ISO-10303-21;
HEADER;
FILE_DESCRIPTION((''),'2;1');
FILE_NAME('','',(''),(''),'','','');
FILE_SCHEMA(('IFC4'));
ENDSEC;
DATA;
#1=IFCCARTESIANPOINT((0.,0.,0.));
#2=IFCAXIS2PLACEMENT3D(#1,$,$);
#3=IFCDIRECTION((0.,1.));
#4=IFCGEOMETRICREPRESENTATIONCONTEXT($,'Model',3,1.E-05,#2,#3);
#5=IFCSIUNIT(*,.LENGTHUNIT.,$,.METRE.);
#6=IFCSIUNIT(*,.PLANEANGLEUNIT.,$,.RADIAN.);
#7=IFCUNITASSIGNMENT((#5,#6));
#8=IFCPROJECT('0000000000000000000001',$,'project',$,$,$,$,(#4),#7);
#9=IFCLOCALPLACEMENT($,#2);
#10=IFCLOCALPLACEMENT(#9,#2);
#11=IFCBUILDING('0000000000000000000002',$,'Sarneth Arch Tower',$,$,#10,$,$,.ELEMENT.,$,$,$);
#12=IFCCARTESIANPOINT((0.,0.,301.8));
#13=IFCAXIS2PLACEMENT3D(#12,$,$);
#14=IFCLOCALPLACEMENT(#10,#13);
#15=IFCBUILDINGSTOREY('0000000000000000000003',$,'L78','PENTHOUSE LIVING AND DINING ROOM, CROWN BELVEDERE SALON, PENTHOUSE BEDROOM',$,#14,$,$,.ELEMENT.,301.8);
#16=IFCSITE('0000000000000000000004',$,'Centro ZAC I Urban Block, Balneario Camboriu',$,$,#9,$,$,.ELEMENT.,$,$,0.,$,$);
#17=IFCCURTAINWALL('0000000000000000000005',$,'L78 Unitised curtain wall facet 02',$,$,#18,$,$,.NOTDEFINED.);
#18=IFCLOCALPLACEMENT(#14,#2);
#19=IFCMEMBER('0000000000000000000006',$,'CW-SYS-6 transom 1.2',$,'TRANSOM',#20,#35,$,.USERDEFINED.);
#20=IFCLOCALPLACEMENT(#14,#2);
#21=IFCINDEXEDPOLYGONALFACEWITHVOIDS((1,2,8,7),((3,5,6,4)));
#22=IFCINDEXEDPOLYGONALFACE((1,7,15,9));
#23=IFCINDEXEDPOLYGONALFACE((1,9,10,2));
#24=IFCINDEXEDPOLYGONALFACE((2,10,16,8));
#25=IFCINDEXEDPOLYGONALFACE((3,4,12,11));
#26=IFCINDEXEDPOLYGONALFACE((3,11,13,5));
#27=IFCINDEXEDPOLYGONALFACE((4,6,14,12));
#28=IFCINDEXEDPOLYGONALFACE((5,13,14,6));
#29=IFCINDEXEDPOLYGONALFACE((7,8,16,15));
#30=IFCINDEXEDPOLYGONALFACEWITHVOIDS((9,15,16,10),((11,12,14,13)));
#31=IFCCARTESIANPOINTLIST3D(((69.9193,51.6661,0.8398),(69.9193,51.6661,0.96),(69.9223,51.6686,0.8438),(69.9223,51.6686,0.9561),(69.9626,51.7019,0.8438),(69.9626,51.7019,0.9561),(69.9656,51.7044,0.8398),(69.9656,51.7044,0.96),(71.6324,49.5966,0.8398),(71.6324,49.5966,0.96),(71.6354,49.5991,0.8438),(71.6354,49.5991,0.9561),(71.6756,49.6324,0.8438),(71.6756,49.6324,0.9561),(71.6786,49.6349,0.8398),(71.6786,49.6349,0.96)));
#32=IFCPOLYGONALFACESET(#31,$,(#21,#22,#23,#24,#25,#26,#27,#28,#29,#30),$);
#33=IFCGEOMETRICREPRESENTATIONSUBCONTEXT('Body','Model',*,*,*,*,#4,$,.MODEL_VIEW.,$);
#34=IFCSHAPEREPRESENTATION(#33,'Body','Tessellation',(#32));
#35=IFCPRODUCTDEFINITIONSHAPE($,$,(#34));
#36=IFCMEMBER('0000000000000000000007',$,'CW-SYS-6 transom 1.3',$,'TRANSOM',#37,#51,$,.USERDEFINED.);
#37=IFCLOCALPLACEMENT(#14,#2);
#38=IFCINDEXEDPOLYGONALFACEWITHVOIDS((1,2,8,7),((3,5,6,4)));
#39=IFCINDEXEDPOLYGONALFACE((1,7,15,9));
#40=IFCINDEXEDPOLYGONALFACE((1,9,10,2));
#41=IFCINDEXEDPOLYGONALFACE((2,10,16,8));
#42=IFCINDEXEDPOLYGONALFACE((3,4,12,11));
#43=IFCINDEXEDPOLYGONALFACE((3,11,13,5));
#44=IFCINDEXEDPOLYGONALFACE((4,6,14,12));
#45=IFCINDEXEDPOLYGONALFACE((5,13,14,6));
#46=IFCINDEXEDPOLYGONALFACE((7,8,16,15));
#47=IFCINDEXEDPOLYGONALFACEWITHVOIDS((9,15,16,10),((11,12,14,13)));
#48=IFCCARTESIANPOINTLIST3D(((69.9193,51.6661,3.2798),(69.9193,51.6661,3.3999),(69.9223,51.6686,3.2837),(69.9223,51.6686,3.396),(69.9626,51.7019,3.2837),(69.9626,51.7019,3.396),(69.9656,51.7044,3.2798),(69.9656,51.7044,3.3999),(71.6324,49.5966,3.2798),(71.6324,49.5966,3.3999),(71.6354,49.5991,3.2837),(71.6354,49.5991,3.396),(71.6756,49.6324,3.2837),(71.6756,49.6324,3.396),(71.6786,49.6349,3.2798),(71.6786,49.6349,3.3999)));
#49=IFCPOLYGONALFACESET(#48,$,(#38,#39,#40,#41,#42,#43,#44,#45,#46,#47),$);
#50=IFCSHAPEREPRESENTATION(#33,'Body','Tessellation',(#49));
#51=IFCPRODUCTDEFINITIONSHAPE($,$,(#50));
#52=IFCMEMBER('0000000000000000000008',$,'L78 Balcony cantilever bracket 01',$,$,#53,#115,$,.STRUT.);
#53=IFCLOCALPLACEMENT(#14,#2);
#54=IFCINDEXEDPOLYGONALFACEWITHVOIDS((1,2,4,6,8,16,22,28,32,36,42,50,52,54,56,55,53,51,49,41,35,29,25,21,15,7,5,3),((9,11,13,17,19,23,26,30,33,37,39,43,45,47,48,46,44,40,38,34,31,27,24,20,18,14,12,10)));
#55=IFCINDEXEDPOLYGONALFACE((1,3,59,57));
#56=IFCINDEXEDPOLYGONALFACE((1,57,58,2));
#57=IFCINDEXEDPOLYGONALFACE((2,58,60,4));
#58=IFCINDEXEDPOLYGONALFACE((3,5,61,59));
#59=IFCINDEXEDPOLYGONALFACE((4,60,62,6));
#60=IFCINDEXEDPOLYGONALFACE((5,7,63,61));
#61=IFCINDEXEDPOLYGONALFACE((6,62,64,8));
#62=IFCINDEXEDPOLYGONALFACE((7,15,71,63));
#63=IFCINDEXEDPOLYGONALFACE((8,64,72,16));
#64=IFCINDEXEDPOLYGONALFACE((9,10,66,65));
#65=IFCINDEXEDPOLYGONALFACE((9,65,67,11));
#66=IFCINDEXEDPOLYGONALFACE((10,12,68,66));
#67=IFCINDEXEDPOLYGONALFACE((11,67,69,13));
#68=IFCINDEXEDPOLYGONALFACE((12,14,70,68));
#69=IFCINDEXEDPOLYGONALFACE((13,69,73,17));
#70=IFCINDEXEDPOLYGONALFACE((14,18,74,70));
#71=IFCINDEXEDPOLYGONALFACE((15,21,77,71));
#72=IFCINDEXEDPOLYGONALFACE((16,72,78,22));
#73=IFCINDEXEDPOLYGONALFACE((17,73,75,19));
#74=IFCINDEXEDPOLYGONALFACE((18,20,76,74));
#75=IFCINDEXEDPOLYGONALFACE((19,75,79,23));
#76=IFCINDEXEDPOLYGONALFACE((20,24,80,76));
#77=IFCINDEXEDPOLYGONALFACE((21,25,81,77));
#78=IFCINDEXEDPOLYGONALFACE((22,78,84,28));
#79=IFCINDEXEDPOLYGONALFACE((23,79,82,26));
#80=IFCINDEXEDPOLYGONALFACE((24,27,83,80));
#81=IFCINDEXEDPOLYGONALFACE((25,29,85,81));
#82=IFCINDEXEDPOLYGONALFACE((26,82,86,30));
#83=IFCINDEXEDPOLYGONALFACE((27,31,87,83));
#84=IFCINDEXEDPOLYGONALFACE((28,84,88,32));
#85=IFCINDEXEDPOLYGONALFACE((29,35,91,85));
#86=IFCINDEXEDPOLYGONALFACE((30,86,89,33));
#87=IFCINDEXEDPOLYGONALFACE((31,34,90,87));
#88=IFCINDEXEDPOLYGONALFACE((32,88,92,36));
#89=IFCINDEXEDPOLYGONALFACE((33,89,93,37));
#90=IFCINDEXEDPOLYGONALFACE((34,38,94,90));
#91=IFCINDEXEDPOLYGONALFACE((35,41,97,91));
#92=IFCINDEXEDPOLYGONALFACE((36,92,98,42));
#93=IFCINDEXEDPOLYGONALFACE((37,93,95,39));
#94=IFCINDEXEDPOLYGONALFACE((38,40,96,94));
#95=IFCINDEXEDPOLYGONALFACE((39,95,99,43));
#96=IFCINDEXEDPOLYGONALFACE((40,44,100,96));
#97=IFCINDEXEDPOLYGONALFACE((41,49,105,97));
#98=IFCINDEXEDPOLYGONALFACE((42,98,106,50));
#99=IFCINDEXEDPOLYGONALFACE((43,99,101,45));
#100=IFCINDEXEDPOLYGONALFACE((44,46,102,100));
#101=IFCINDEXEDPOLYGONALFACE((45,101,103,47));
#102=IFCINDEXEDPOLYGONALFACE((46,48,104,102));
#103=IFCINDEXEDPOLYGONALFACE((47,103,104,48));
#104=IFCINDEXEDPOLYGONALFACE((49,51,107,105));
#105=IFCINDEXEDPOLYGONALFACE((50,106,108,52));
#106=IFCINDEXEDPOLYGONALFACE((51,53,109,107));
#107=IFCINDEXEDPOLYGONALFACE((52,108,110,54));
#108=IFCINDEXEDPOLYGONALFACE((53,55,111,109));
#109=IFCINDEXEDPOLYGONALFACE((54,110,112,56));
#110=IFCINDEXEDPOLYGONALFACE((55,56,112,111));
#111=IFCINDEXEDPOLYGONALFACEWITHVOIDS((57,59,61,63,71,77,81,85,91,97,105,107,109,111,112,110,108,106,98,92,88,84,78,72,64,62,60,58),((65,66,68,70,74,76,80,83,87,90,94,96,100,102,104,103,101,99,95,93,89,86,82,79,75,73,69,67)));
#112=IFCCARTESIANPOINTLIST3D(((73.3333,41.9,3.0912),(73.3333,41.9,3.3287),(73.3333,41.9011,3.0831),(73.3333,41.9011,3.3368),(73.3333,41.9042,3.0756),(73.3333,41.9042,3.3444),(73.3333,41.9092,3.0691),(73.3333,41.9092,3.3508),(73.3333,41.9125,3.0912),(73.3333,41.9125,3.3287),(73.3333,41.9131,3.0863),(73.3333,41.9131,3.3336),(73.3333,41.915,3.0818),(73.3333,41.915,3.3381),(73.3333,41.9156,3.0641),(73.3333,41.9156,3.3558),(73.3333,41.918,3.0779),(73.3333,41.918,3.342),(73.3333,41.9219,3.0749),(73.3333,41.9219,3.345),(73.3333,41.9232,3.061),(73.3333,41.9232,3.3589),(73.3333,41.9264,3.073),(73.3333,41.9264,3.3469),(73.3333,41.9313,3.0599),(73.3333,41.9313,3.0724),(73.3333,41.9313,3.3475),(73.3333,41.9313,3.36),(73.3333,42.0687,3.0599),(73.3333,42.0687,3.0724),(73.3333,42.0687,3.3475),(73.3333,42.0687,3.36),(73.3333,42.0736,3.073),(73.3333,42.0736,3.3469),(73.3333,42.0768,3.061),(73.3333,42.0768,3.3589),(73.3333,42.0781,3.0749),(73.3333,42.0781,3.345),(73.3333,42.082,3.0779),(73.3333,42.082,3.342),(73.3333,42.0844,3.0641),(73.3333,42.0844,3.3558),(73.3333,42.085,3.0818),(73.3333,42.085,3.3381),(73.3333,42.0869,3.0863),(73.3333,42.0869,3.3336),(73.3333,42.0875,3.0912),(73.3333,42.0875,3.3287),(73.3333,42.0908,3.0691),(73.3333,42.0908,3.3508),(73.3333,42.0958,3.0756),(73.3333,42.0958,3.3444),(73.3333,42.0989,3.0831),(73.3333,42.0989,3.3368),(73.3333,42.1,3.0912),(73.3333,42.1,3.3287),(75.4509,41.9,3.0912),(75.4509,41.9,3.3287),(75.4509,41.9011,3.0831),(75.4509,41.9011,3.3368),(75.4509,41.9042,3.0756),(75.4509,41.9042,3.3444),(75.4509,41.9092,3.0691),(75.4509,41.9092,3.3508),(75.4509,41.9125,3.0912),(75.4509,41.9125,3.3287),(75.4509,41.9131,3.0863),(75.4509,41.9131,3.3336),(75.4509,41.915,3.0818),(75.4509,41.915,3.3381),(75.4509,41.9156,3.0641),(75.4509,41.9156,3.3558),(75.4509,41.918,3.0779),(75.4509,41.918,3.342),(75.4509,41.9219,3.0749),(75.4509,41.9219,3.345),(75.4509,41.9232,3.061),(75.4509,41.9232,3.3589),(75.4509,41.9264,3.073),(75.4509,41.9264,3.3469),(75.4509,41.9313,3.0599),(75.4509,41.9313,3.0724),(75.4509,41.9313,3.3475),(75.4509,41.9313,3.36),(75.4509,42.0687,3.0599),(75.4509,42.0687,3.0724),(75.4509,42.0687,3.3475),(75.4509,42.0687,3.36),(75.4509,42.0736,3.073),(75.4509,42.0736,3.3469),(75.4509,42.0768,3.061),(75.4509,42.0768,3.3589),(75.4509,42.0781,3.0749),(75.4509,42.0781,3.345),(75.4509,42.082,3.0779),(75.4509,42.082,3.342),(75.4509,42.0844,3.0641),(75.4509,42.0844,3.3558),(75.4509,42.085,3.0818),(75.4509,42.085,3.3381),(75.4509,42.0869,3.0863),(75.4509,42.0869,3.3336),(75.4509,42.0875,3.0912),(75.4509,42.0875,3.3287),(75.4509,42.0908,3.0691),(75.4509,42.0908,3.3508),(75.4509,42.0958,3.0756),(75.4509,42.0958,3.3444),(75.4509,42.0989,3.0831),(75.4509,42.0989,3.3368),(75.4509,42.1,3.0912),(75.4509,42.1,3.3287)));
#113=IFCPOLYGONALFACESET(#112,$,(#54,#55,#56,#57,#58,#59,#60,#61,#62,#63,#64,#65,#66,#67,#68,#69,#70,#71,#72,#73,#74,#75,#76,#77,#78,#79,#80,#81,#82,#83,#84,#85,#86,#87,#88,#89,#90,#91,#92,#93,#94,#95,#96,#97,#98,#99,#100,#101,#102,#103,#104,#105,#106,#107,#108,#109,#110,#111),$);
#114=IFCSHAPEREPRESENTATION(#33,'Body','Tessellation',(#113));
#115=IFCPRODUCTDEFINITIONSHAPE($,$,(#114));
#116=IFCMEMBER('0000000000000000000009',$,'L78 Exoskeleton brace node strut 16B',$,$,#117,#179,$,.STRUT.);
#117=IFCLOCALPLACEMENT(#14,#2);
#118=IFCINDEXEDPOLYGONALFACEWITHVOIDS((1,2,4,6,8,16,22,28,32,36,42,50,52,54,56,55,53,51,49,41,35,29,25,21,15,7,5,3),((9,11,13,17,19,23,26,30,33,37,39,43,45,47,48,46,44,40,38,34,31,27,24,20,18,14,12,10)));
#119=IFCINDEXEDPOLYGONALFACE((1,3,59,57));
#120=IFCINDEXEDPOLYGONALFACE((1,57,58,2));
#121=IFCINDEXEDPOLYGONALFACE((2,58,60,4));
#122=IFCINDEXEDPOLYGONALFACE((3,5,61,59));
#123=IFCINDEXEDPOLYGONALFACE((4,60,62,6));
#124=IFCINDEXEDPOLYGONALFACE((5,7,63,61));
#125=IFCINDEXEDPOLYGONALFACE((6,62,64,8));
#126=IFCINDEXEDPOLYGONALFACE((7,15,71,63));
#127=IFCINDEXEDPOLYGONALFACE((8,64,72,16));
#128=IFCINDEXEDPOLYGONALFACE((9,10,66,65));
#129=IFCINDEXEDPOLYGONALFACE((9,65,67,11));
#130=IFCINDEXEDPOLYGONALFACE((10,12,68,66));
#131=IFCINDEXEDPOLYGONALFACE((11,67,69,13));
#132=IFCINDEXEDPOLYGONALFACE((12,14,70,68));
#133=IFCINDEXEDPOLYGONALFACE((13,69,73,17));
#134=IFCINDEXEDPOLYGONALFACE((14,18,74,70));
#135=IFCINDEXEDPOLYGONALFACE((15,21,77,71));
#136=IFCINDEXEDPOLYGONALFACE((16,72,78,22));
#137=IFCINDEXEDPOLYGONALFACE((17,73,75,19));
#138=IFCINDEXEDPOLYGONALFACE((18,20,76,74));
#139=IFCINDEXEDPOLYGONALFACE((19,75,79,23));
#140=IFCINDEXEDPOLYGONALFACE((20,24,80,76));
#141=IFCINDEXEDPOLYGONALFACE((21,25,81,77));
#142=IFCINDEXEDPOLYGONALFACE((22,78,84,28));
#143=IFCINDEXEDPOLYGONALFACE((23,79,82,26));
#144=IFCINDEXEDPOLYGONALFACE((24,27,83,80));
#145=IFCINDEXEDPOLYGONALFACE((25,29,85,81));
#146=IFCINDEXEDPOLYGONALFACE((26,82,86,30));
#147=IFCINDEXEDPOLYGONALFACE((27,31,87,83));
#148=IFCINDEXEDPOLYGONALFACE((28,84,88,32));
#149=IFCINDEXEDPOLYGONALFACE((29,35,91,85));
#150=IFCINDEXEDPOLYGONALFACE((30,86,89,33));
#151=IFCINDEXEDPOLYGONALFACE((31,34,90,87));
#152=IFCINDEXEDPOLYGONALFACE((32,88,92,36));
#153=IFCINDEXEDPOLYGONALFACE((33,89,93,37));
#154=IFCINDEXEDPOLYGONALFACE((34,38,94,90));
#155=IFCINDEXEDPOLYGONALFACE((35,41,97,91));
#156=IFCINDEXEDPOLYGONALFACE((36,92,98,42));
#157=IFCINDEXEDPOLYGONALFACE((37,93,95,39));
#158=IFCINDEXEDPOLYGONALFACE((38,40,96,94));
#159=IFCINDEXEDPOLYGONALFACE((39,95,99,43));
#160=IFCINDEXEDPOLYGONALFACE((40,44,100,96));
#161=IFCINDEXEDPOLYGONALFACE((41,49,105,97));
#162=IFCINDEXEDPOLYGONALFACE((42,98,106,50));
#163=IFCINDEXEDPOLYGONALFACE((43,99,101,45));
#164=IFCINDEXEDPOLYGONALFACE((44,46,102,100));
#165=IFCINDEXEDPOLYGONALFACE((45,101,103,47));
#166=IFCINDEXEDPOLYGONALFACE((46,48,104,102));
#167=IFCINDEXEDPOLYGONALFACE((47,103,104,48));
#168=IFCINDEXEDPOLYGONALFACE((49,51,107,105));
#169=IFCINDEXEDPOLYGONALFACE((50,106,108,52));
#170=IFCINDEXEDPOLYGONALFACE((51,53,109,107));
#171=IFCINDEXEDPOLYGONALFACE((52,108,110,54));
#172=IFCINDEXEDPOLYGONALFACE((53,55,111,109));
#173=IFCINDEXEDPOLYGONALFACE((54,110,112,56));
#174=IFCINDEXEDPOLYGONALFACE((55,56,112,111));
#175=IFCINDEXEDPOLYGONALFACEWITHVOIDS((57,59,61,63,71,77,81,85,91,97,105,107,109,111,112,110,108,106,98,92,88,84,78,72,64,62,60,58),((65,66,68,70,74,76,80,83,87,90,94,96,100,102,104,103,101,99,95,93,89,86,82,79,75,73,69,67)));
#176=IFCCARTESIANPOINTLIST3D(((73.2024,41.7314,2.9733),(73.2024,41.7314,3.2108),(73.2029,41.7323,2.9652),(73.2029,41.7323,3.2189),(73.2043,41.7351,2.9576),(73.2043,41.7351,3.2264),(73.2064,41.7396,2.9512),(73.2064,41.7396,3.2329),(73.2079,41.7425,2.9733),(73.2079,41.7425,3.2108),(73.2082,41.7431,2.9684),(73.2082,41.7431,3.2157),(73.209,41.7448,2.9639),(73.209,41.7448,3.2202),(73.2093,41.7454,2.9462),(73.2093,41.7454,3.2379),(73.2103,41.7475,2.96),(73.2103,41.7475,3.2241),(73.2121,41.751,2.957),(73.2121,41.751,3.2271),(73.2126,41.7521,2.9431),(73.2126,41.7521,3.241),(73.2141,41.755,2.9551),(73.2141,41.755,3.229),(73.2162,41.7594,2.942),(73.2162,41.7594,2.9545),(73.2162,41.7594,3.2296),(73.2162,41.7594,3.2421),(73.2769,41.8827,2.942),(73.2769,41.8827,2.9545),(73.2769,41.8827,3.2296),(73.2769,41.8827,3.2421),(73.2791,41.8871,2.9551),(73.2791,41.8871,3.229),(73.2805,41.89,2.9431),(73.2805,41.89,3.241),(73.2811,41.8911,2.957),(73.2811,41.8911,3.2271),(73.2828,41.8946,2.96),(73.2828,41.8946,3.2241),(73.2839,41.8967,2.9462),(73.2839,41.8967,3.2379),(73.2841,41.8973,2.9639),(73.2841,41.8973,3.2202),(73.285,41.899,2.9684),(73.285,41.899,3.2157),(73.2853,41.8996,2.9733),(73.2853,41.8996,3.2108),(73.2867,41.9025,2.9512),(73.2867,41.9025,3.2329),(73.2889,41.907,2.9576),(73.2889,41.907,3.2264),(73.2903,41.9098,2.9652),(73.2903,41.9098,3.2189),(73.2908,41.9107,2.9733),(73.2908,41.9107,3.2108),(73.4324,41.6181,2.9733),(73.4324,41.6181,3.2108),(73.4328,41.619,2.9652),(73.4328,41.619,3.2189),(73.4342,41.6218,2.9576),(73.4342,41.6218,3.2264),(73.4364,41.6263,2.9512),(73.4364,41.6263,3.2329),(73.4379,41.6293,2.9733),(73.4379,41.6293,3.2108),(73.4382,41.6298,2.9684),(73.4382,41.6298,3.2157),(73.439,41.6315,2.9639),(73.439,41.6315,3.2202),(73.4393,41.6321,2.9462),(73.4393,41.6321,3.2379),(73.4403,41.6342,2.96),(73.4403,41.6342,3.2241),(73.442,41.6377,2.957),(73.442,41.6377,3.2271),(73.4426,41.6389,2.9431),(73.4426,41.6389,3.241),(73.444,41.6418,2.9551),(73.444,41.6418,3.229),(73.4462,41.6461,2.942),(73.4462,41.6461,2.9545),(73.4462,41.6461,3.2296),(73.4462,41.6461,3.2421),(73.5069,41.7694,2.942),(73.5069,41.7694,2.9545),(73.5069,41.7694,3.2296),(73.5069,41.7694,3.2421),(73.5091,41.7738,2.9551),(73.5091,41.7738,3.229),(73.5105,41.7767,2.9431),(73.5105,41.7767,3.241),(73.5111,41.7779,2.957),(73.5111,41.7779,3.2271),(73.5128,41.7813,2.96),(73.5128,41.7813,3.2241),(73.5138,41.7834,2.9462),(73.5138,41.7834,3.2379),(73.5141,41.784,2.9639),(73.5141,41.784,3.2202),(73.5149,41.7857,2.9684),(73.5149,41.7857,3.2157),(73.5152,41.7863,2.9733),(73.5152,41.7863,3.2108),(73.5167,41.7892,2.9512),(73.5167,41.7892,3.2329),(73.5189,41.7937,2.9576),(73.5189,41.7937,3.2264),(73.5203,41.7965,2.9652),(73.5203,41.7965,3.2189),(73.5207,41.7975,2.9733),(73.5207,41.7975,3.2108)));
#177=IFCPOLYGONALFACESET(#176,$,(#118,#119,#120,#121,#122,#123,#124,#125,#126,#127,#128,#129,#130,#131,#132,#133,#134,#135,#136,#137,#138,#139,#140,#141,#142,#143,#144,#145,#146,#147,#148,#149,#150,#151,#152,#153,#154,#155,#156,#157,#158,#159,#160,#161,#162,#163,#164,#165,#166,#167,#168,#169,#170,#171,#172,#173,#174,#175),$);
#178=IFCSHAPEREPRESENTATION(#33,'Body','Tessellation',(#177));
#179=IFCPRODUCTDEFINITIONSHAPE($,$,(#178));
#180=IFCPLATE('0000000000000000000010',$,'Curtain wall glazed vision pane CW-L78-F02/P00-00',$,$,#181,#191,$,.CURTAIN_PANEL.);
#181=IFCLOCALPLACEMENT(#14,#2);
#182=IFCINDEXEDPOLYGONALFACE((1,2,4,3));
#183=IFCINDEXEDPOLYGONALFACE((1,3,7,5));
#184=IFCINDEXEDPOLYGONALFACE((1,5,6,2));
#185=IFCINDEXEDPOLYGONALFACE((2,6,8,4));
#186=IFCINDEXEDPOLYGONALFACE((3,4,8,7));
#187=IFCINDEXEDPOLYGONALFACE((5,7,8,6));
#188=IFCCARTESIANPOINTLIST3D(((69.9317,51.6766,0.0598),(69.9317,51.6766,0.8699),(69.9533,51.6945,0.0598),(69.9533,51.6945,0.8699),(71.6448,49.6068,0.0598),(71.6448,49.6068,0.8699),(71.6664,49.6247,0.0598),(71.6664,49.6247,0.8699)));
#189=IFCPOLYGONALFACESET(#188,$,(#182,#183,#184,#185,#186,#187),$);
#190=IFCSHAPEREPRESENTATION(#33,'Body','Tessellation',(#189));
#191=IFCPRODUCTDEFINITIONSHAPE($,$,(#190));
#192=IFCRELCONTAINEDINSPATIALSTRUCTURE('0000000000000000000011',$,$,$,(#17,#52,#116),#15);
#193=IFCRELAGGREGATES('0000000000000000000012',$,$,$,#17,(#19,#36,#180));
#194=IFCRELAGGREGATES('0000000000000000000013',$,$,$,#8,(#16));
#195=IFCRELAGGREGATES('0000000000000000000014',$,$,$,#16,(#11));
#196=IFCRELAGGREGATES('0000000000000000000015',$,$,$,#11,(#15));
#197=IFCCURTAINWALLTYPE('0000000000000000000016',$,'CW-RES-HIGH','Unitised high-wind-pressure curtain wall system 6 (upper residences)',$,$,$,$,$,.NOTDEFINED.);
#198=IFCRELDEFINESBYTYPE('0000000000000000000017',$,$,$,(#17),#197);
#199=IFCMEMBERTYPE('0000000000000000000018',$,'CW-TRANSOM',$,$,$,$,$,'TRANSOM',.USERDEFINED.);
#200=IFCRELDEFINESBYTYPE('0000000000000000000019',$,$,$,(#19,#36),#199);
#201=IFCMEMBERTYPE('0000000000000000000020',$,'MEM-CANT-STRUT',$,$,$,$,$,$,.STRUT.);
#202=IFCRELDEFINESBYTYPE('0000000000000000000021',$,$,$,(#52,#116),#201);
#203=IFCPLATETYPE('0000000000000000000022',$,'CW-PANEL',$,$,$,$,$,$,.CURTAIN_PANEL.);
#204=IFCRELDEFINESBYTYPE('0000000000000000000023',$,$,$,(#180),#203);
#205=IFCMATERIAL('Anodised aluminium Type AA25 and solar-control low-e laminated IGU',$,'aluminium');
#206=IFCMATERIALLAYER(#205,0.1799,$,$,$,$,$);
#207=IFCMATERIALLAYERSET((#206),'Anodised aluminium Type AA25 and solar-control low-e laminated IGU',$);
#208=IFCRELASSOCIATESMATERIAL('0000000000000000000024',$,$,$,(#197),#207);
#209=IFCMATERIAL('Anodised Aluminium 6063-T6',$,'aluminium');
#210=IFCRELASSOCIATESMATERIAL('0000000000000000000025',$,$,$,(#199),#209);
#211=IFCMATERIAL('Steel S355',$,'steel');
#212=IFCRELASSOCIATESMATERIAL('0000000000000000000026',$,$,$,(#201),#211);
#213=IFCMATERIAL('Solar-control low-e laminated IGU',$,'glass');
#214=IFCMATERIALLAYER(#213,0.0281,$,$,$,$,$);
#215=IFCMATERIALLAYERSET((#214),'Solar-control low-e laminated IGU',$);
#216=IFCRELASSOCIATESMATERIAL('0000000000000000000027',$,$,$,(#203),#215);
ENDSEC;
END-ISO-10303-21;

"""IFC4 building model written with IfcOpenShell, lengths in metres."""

from ifc_helpers import new_model, si_unit, direction, frame, origin, origin_2d, place, context, subcontext, project, spatial, rectangle, hollow_rectangle, extrude, material, layer, layer_set, material_profile, profile_set, type_object, element, aggregate, save


model = new_model("IFC4")

# Units and contexts
model_context = context("Model", 3, precision=1e-05, world=origin(), true_north=direction((0.0, 1.0)))
body_context = subcontext(model_context, "Body", "Model", "MODEL_VIEW")
ifc_project = project(units=[si_unit("LENGTHUNIT", "METRE"), si_unit("PLANEANGLEUNIT", "RADIAN")], contexts=[model_context])

# Site, building, storey
site_placement = place(None, origin())
site = spatial("IfcSite", under=ifc_project, at=site_placement, Name="Centro ZAC I Urban Block, Balneario Camboriu", CompositionType="ELEMENT", RefElevation=0.0)
building_placement = place(site_placement, origin())
building = spatial("IfcBuilding", under=site, at=building_placement, Name="Sarneth Arch Tower", CompositionType="ELEMENT")
storey_placement = place(building_placement, frame((0.0, 0.0, 301.8)))
storey = spatial("IfcBuildingStorey", under=building, at=storey_placement, Name="L78", Description="PENTHOUSE LIVING AND DINING ROOM, CROWN BELVEDERE SALON, PENTHOUSE BEDROOM", CompositionType="ELEMENT", Elevation=301.8)

# Curtain wall, members
ifc_material_1 = material(Name="Anodised aluminium Type AA25 and solar-control low-e laminated IGU", Category="aluminium")
ifc_layer_1 = layer(ifc_material_1, 0.1799)
ifc_layer_set_1 = layer_set([ifc_layer_1], Name="Anodised aluminium Type AA25 and solar-control low-e laminated IGU")
curtain_wall_type = type_object("IfcCurtainWallType", Name="CW-RES-HIGH", Description="Unitised high-wind-pressure curtain wall system 6 (upper residences)", PredefinedType="NOTDEFINED", material=ifc_layer_set_1)
curtain_wall_placement = place(storey_placement, origin())
curtain_wall = element("IfcCurtainWall", 1, at=curtain_wall_placement, inside=storey, type_object=curtain_wall_type, Name="L78 Unitised curtain wall facet 02", PredefinedType="NOTDEFINED")
ifc_material_2 = material(Name="Anodised Aluminium 6063-T6", Category="aluminium")
ifc_material_profile_1 = material_profile(ifc_material_2, hollow_rectangle(XDim=0.0601, YDim=0.1201, WallThickness=0.0039, at=origin_2d()), Name="AL-TRAN-120x60x4")
ifc_profile_set_1 = profile_set([ifc_material_profile_1], Name="Anodised Aluminium 6063-T6")
member_type_1 = type_object("IfcMemberType", Name="CW-TRANSOM", ElementType="TRANSOM", PredefinedType="USERDEFINED", material=ifc_profile_set_1)
member_1_placement = place(storey_placement, frame((71.6555, 49.6157, 0.8999), z_axis=(-0.637651, 0.770325, 0.0), x_axis=(-0.770325, -0.637651, 0.0)))
member_1 = element("IfcMember", 2, at=member_1_placement, type_object=member_type_1, Name="CW-SYS-6 transom 1.2", ObjectType="TRANSOM", PredefinedType="USERDEFINED", context=body_context, shape_type="SweptSolid", body=[
    extrude(hollow_rectangle(XDim=0.0601, YDim=0.1201, WallThickness=0.0039, at=origin_2d()), origin(), (0.0, 0.0, 1.0), 2.6865),
])
member_2_placement = place(storey_placement, frame((71.6555, 49.6157, 3.3398), z_axis=(-0.637651, 0.770325, 0.0), x_axis=(-0.770325, -0.637651, 0.0)))
member_2 = element("IfcMember", 3, at=member_2_placement, type_object=member_type_1, Name="CW-SYS-6 transom 1.3", ObjectType="TRANSOM", PredefinedType="USERDEFINED", context=body_context, shape_type="SweptSolid", body=[
    extrude(hollow_rectangle(XDim=0.0601, YDim=0.1201, WallThickness=0.0039, at=origin_2d()), origin(), (0.0, 0.0, 1.0), 2.6865),
])

# Members
ifc_material_3 = material(Name="Steel S355", Category="steel")
ifc_material_profile_2 = material_profile(ifc_material_3, hollow_rectangle(XDim=0.2, YDim=0.3, WallThickness=0.0125, InnerFilletRadius=0.0188, OuterFilletRadius=0.0312, at=origin_2d()), Name="RHS300x200x12.5")
ifc_profile_set_2 = profile_set([ifc_material_profile_2], Name="Steel S355")
member_type_2 = type_object("IfcMemberType", Name="MEM-CANT-STRUT", PredefinedType="STRUT", material=ifc_profile_set_2)
member_3_placement = place(storey_placement, frame((73.3333, 42.0, 3.21), z_axis=(1.0, 0.0, 0.0), x_axis=(0.0, 1.0, 0.0)))
element("IfcMember", 4, at=member_3_placement, inside=storey, type_object=member_type_2, Name="L78 Balcony cantilever bracket 01", PredefinedType="STRUT", context=body_context, shape_type="SweptSolid", body=[
    extrude(hollow_rectangle(XDim=0.2, YDim=0.3, WallThickness=0.0125, InnerFilletRadius=0.0188, OuterFilletRadius=0.0312, at=origin_2d()), origin(), (0.0, 0.0, 1.0), 2.1177),
])
member_4_placement = place(storey_placement, frame((73.2466, 41.821, 3.092), z_axis=(0.897078, -0.441873, 0.0), x_axis=(0.441873, 0.897078, 0.0)))
element("IfcMember", 5, at=member_4_placement, inside=storey, type_object=member_type_2, Name="L78 Exoskeleton brace node strut 16B", PredefinedType="STRUT", context=body_context, shape_type="SweptSolid", body=[
    extrude(hollow_rectangle(XDim=0.2, YDim=0.3, WallThickness=0.0125, InnerFilletRadius=0.0188, OuterFilletRadius=0.0312, at=origin_2d()), origin(), (0.0, 0.0, 1.0), 0.2563),
])

# Plate
ifc_material_4 = material(Name="Solar-control low-e laminated IGU", Category="glass")
ifc_layer_2 = layer(ifc_material_4, 0.0281)
ifc_layer_set_2 = layer_set([ifc_layer_2], Name="Solar-control low-e laminated IGU")
plate_type_1 = type_object("IfcPlateType", Name="CW-PANEL", PredefinedType="CURTAIN_PANEL", material=ifc_layer_set_2)
plate_1_placement = place(storey_placement, frame((70.7991, 50.6506, 0.0598), z_axis=(0.0, 0.0, 1.0), x_axis=(-0.63761, 0.770359, 0.0)))
plate_1 = element("IfcPlate", 6, at=plate_1_placement, type_object=plate_type_1, Name="Curtain wall glazed vision pane CW-L78-F02/P00-00", PredefinedType="CURTAIN_PANEL", context=body_context, shape_type="SweptSolid", body=[
    extrude(rectangle(XDim=2.6868, YDim=0.0281, at=origin_2d()), origin(), (0.0, 0.0, 1.0), 0.8101),
])
aggregate(curtain_wall, [member_1, member_2, plate_1])

save(model, "model.ifc")
